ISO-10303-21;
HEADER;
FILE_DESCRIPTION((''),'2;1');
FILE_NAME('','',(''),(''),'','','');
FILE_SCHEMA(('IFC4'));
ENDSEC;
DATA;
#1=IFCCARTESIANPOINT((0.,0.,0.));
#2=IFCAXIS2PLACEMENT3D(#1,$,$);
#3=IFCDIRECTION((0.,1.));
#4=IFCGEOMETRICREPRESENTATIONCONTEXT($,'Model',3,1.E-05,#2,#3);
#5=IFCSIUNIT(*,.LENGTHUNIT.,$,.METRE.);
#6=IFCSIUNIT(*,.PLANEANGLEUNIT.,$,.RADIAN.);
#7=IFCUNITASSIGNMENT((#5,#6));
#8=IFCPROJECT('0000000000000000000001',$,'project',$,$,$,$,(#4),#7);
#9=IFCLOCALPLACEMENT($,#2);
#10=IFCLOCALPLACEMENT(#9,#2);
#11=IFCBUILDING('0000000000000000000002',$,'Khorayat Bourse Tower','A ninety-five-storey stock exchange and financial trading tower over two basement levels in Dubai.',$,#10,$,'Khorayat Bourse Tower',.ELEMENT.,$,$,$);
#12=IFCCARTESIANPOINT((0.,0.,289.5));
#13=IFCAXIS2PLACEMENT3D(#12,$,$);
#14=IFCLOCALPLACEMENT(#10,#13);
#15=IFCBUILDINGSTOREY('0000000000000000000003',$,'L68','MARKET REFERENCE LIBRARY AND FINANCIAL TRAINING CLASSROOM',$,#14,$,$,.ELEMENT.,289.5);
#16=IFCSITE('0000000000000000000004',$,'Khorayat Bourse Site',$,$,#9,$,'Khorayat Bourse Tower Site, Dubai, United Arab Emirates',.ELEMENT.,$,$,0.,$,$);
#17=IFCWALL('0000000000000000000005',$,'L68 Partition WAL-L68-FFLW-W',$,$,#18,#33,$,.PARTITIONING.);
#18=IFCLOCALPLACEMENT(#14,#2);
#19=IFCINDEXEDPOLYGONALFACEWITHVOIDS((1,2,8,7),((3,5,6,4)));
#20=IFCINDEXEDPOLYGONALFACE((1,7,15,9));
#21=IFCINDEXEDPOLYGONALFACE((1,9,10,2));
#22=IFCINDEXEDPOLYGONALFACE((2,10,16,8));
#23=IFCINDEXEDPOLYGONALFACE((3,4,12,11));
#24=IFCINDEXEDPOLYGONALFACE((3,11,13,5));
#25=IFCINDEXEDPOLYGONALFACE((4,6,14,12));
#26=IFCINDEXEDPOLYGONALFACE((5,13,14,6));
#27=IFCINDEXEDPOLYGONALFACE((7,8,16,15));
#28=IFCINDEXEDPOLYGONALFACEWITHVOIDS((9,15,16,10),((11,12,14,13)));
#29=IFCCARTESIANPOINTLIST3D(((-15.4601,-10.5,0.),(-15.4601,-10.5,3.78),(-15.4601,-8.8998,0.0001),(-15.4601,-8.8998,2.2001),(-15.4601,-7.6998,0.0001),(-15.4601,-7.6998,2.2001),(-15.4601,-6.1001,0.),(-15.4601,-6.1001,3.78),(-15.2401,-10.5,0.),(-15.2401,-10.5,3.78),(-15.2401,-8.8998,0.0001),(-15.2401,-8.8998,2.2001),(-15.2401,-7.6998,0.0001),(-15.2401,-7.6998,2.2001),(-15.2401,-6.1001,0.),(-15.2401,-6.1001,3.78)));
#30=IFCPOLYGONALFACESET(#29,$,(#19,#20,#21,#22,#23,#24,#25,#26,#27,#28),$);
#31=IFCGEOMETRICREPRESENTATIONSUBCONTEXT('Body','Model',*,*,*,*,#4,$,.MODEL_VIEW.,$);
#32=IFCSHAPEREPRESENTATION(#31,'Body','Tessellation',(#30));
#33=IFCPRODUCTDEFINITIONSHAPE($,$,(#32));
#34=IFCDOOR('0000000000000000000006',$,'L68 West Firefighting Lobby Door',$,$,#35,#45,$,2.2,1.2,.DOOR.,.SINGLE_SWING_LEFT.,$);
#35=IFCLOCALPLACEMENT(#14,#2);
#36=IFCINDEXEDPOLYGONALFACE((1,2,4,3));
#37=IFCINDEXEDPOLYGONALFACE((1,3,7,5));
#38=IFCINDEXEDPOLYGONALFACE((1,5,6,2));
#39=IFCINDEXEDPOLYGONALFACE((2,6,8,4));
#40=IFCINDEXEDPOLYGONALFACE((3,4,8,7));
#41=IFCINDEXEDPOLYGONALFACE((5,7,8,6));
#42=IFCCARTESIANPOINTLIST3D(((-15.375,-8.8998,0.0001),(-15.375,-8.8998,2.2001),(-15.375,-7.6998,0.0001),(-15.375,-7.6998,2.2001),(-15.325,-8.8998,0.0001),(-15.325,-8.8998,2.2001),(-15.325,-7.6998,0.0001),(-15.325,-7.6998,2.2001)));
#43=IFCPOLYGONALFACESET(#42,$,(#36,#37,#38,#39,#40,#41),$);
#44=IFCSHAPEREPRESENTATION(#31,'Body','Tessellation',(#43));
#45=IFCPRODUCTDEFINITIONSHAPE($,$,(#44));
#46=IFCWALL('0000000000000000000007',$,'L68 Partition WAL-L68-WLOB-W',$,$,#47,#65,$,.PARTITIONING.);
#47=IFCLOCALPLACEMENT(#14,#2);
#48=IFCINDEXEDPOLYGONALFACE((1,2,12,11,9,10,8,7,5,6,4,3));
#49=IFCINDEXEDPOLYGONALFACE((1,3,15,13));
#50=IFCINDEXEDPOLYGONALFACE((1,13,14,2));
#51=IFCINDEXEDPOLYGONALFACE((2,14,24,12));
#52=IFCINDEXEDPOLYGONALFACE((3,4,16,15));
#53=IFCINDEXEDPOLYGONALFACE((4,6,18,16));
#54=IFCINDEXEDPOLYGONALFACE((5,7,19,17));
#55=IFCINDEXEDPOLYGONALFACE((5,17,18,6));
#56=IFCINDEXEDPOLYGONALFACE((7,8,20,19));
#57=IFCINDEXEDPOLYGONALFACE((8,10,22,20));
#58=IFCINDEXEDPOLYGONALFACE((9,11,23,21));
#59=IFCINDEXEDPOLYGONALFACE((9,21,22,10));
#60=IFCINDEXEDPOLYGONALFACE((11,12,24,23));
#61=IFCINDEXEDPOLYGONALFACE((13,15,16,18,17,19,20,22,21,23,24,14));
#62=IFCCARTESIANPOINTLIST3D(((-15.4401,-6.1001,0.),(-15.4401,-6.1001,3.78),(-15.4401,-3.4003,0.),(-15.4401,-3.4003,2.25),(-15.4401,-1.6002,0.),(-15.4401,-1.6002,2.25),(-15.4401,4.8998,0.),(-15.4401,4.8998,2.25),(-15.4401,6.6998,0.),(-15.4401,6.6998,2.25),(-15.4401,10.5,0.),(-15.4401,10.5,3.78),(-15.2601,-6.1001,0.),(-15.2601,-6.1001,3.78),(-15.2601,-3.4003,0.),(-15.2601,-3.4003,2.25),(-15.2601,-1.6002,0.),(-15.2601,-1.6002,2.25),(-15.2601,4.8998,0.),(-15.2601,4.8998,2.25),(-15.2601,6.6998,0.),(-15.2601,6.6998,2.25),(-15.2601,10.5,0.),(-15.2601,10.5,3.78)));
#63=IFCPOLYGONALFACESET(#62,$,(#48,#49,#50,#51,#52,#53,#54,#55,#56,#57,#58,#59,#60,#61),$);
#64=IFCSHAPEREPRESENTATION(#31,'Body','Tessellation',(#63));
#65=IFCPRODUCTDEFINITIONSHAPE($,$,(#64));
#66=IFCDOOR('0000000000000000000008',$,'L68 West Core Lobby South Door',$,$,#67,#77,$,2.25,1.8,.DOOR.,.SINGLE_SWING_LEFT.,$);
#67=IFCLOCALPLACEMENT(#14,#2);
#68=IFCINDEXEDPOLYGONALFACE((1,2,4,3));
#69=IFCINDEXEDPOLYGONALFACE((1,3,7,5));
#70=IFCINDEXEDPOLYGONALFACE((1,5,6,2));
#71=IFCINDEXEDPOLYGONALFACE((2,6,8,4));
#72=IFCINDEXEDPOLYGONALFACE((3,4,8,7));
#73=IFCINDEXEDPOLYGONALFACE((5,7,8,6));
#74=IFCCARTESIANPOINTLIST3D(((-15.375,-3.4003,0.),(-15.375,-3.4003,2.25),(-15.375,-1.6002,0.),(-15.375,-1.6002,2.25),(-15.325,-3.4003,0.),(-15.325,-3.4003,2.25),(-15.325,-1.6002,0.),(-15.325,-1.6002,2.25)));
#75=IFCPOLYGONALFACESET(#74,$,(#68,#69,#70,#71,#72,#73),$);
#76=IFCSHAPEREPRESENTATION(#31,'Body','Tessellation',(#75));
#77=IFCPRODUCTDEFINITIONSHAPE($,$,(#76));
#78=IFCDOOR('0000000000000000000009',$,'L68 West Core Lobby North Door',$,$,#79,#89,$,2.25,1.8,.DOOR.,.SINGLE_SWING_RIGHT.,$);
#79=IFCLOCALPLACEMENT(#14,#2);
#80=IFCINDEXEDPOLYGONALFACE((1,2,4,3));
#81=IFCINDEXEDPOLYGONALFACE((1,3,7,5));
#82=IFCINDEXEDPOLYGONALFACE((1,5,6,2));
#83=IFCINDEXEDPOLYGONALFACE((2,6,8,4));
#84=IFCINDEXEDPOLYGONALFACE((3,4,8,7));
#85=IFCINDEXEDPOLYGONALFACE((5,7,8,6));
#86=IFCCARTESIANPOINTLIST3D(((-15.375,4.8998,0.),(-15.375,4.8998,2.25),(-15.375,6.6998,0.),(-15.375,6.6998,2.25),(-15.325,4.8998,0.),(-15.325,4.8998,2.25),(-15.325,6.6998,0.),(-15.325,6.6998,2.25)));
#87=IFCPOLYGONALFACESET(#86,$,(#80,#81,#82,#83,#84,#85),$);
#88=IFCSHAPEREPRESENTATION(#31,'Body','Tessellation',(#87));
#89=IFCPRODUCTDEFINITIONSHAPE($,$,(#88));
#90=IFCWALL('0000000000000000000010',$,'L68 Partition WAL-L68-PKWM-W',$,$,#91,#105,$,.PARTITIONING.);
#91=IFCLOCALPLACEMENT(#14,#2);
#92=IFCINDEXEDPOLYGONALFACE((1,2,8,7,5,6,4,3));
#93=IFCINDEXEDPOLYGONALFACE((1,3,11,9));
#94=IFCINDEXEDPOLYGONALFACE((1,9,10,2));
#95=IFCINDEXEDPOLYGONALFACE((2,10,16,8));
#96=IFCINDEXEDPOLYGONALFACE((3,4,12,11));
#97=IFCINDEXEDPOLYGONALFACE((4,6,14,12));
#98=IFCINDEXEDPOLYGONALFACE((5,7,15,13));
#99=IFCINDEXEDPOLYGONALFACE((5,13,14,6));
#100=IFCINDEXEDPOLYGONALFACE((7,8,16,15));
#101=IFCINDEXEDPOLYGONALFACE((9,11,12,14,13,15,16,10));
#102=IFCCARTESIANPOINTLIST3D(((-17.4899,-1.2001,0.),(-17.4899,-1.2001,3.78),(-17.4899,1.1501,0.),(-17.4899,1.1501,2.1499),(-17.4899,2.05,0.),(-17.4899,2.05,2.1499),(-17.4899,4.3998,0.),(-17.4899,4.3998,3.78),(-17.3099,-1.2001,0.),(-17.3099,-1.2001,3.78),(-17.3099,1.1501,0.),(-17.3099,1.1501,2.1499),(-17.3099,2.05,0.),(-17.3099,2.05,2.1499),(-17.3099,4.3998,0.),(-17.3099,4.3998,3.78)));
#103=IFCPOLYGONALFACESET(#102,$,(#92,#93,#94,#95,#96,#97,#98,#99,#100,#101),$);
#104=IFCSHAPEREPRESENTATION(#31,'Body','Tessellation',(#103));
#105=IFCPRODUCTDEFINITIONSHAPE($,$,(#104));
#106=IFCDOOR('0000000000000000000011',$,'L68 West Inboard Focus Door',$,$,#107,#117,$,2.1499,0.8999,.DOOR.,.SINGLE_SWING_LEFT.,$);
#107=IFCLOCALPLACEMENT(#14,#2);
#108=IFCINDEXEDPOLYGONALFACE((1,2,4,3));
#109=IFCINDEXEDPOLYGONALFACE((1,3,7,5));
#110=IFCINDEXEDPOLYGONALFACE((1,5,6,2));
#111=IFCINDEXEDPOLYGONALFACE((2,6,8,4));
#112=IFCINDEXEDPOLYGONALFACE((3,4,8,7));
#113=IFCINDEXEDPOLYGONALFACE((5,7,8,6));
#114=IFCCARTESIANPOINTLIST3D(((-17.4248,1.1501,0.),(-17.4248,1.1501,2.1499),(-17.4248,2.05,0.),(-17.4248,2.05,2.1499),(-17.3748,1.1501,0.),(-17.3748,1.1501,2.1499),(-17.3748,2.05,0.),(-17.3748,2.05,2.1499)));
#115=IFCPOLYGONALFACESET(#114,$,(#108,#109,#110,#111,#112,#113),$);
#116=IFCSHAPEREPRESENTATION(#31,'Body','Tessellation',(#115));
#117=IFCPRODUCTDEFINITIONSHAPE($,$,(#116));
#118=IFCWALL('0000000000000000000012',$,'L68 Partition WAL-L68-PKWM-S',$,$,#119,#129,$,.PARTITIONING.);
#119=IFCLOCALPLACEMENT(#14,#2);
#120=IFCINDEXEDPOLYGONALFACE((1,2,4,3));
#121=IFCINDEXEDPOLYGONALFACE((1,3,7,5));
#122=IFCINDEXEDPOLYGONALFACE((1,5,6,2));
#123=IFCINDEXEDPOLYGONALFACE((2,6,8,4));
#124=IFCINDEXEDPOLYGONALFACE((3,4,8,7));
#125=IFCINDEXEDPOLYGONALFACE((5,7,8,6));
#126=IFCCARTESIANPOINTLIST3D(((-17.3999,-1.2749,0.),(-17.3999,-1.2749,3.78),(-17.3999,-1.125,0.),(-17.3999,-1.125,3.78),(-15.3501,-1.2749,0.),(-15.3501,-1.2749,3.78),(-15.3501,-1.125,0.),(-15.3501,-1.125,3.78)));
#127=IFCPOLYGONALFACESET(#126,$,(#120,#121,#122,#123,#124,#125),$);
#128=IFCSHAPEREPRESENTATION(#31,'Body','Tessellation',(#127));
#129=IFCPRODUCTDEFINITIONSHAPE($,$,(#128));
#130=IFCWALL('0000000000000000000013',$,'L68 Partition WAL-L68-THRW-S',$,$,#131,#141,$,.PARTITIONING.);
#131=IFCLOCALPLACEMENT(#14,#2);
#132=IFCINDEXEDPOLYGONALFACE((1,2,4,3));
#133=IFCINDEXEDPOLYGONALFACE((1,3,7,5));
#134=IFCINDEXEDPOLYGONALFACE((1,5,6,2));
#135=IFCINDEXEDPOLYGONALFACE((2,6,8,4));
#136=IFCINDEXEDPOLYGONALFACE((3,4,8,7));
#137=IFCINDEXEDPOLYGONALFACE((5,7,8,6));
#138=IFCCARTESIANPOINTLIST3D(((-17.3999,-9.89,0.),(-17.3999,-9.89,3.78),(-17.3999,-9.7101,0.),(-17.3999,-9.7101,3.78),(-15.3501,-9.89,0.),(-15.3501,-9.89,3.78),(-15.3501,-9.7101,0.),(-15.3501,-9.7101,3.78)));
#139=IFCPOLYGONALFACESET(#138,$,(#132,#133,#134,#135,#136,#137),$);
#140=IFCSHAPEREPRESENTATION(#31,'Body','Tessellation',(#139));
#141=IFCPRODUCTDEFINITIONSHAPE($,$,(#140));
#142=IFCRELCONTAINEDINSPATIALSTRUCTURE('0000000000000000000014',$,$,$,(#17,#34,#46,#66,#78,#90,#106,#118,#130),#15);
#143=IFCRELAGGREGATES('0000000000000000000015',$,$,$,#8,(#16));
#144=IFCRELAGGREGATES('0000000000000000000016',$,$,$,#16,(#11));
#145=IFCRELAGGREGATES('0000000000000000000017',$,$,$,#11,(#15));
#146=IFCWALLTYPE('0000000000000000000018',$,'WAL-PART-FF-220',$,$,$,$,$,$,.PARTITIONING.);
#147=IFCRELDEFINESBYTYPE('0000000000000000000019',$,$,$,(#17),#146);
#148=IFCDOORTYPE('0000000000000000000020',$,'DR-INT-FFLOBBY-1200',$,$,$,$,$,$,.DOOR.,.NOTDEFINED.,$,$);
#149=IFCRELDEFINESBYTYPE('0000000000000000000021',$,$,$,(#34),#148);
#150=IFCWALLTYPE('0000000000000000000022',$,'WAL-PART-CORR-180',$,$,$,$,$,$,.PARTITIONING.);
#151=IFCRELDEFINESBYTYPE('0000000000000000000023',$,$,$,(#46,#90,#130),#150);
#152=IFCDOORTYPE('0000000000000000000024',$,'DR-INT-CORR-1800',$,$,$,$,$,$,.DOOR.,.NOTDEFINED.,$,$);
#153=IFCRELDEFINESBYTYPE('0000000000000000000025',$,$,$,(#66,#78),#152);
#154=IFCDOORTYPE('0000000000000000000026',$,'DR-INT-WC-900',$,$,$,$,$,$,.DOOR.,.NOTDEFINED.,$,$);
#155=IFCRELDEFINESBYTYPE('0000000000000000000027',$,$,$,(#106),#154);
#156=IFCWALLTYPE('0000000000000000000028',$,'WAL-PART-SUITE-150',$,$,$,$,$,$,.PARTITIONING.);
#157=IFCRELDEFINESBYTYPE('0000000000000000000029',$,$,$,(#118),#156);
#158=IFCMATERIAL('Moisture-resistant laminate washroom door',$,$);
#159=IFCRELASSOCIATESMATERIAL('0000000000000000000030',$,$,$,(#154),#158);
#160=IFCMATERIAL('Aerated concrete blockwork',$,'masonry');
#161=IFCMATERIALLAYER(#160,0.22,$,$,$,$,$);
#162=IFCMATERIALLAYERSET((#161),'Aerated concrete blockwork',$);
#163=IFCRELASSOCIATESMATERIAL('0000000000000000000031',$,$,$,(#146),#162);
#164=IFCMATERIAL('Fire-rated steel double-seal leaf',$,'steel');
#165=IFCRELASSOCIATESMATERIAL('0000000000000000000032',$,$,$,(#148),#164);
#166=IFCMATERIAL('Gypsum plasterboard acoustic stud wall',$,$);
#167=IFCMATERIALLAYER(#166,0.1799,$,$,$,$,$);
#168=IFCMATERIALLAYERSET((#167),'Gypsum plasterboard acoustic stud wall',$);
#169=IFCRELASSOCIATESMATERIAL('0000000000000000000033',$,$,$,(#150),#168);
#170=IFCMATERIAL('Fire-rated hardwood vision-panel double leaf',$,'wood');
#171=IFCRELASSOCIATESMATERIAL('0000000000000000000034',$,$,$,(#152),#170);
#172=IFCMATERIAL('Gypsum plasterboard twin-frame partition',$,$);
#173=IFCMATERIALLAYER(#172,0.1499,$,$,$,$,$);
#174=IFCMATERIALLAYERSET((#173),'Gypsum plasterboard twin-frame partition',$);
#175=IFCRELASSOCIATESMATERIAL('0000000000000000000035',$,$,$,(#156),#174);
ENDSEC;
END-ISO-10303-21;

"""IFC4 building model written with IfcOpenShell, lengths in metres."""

from ifc_helpers import new_model, si_unit, direction, frame, frame_2d, origin, place, context, subcontext, project, spatial, rectangle, extrude, source, transform, mapped, material, layer, layer_set, type_object, element, fill, save


model = new_model("IFC4")

# Units and contexts
model_context = context("Model", 3, precision=1e-05, world=origin(), true_north=direction((0.0, 1.0)))
body_context = subcontext(model_context, "Body", "Model", "MODEL_VIEW")
ifc_project = project(units=[si_unit("LENGTHUNIT", "METRE"), si_unit("PLANEANGLEUNIT", "RADIAN")], contexts=[model_context])

# Site, building, storey
site_placement = place(None, origin())
site = spatial("IfcSite", under=ifc_project, at=site_placement, Name="Khorayat Bourse Site", LongName="Khorayat Bourse Tower Site, Dubai, United Arab Emirates", CompositionType="ELEMENT", RefElevation=0.0)
building_placement = place(site_placement, origin())
building = spatial("IfcBuilding", under=site, at=building_placement, Name="Khorayat Bourse Tower", Description="A ninety-five-storey stock exchange and financial trading tower over two basement levels in Dubai.", LongName="Khorayat Bourse Tower", CompositionType="ELEMENT")
storey_placement = place(building_placement, frame((0.0, 0.0, 289.5)))
storey = spatial("IfcBuildingStorey", under=building, at=storey_placement, Name="L68", Description="MARKET REFERENCE LIBRARY AND FINANCIAL TRAINING CLASSROOM", CompositionType="ELEMENT", Elevation=289.5)

# Shared definitions
ifc_material_1 = material(Name="Moisture-resistant laminate washroom door")
door_type_1 = type_object("IfcDoorType", Name="DR-INT-WC-900", OperationType="NOTDEFINED", PredefinedType="DOOR", material=ifc_material_1)
shared_shape_1 = source(origin(), body_context, "Body", "SweptSolid", [
    extrude(rectangle(XDim=0.8999, YDim=2.1499, at=frame_2d((0.45, 1.075))), frame((0.0, 0.0249, 0.0), z_axis=(0.0, -1.0, 0.0), x_axis=(1.0, 0.0, 0.0)), (0.0, 0.0, 1.0), 0.05),
])

# Shared definitions
ifc_material_2 = material(Name="Aerated concrete blockwork", Category="masonry")
ifc_layer_1 = layer(ifc_material_2, 0.22)
ifc_layer_set_1 = layer_set([ifc_layer_1], Name="Aerated concrete blockwork")
wall_type_1 = type_object("IfcWallType", Name="WAL-PART-FF-220", PredefinedType="PARTITIONING", material=ifc_layer_set_1)

# Wall, opening, door
shared_shape_2 = source(origin(), body_context, "Body", "SweptSolid", [
    extrude(rectangle(XDim=4.3999, YDim=0.22, at=frame_2d((2.2, 0.0))), origin(), (0.0, 0.0, 1.0), 3.78),
])
wall_1_placement = place(storey_placement, frame((-15.3501, -10.5, 0.0), z_axis=(0.0, 0.0, 1.0), x_axis=(0.0, 1.0, 0.0)))
wall_1 = element("IfcWall", 1, at=wall_1_placement, inside=storey, type_object=wall_type_1, Name="L68 Partition WAL-L68-FFLW-W", PredefinedType="PARTITIONING", context=body_context, shape_type="MappedRepresentation", body=[
    mapped(shared_shape_2, transform((0.0, 0.0, 0.0), scale=1.0)),
])
shared_shape_3 = source(origin(), body_context, "Body", "SweptSolid", [
    extrude(rectangle(XDim=1.2, YDim=2.2, at=frame_2d((0.6001, 1.1001))), frame((0.0, 0.1199, 0.0), z_axis=(0.0, -1.0, 0.0), x_axis=(1.0, 0.0, 0.0)), (0.0, 0.0, 1.0), 0.24),
])
opening_1_placement = place(wall_1_placement, frame((1.6001, 0.0, 0.0)))
opening_1 = element("IfcOpeningElement", 2, at=opening_1_placement, cuts=wall_1, PredefinedType="OPENING", context=body_context, shape_type="MappedRepresentation", body=[
    mapped(shared_shape_3, transform((0.0, 0.0, 0.0), scale=1.0)),
])
ifc_material_3 = material(Name="Fire-rated steel double-seal leaf", Category="steel")
door_type_2 = type_object("IfcDoorType", Name="DR-INT-FFLOBBY-1200", OperationType="NOTDEFINED", PredefinedType="DOOR", material=ifc_material_3)
shared_shape_4 = source(origin(), body_context, "Body", "SweptSolid", [
    extrude(rectangle(XDim=1.2, YDim=2.2, at=frame_2d((0.6001, 1.1001))), frame((0.0, 0.0249, 0.0), z_axis=(0.0, -1.0, 0.0), x_axis=(1.0, 0.0, 0.0)), (0.0, 0.0, 1.0), 0.05),
])
door_1_placement = place(opening_1_placement, origin())
door_1 = element("IfcDoor", 3, at=door_1_placement, inside=storey, type_object=door_type_2, Name="L68 West Firefighting Lobby Door", OperationType="SINGLE_SWING_LEFT", OverallHeight=2.2, OverallWidth=1.2, PredefinedType="DOOR", context=body_context, shape_type="MappedRepresentation", body=[
    mapped(shared_shape_4, transform((0.0, 0.0, 0.0), scale=1.0)),
])
fill(opening_1, door_1)

# Wall, openings, doors
ifc_material_4 = material(Name="Gypsum plasterboard acoustic stud wall")
ifc_layer_2 = layer(ifc_material_4, 0.1799)
ifc_layer_set_2 = layer_set([ifc_layer_2], Name="Gypsum plasterboard acoustic stud wall")
wall_type_2 = type_object("IfcWallType", Name="WAL-PART-CORR-180", PredefinedType="PARTITIONING", material=ifc_layer_set_2)
shared_shape_5 = source(origin(), body_context, "Body", "SweptSolid", [
    extrude(rectangle(XDim=16.6001, YDim=0.1799, at=frame_2d((8.3, 0.0))), origin(), (0.0, 0.0, 1.0), 3.78),
])
wall_2_placement = place(storey_placement, frame((-15.3501, -6.1001, 0.0), z_axis=(0.0, 0.0, 1.0), x_axis=(0.0, 1.0, 0.0)))
wall_2 = element("IfcWall", 4, at=wall_2_placement, inside=storey, type_object=wall_type_2, Name="L68 Partition WAL-L68-WLOB-W", PredefinedType="PARTITIONING", context=body_context, shape_type="MappedRepresentation", body=[
    mapped(shared_shape_5, transform((0.0, 0.0, 0.0), scale=1.0)),
])
shared_shape_6 = source(origin(), body_context, "Body", "SweptSolid", [
    extrude(rectangle(XDim=1.8, YDim=2.25, at=frame_2d((0.8999, 1.125))), frame((0.0, 0.0999, 0.0), z_axis=(0.0, -1.0, 0.0), x_axis=(1.0, 0.0, 0.0)), (0.0, 0.0, 1.0), 0.2),
])
opening_2_placement = place(wall_2_placement, frame((2.7, 0.0, 0.0)))
opening_2 = element("IfcOpeningElement", 5, at=opening_2_placement, cuts=wall_2, PredefinedType="OPENING", context=body_context, shape_type="MappedRepresentation", body=[
    mapped(shared_shape_6, transform((0.0, 0.0, 0.0), scale=1.0)),
])
opening_3_placement = place(wall_2_placement, frame((11.0, 0.0, 0.0)))
opening_3 = element("IfcOpeningElement", 6, at=opening_3_placement, cuts=wall_2, PredefinedType="OPENING", context=body_context, shape_type="MappedRepresentation", body=[
    mapped(shared_shape_6, transform((0.0, 0.0, 0.0), scale=1.0)),
])
ifc_material_5 = material(Name="Fire-rated hardwood vision-panel double leaf", Category="wood")
door_type_3 = type_object("IfcDoorType", Name="DR-INT-CORR-1800", OperationType="NOTDEFINED", PredefinedType="DOOR", material=ifc_material_5)
shared_shape_7 = source(origin(), body_context, "Body", "SweptSolid", [
    extrude(rectangle(XDim=1.8, YDim=2.25, at=frame_2d((0.8999, 1.125))), frame((0.0, 0.0249, 0.0), z_axis=(0.0, -1.0, 0.0), x_axis=(1.0, 0.0, 0.0)), (0.0, 0.0, 1.0), 0.05),
])
door_2_placement = place(opening_2_placement, origin())
door_2 = element("IfcDoor", 7, at=door_2_placement, inside=storey, type_object=door_type_3, Name="L68 West Core Lobby South Door", OperationType="SINGLE_SWING_LEFT", OverallHeight=2.25, OverallWidth=1.8, PredefinedType="DOOR", context=body_context, shape_type="MappedRepresentation", body=[
    mapped(shared_shape_7, transform((0.0, 0.0, 0.0), scale=1.0)),
])
fill(opening_2, door_2)
door_3_placement = place(opening_3_placement, origin())
door_3 = element("IfcDoor", 8, at=door_3_placement, inside=storey, type_object=door_type_3, Name="L68 West Core Lobby North Door", OperationType="SINGLE_SWING_RIGHT", OverallHeight=2.25, OverallWidth=1.8, PredefinedType="DOOR", context=body_context, shape_type="MappedRepresentation", body=[
    mapped(shared_shape_7, transform((0.0, 0.0, 0.0), scale=1.0)),
])
fill(opening_3, door_3)

# Wall, opening, door
shared_shape_8 = source(origin(), body_context, "Body", "SweptSolid", [
    extrude(rectangle(XDim=5.5999, YDim=0.1799, at=frame_2d((2.7998, 0.0))), origin(), (0.0, 0.0, 1.0), 3.78),
])
wall_3_placement = place(storey_placement, frame((-17.3999, -1.2, 0.0), z_axis=(0.0, 0.0, 1.0), x_axis=(0.0, 1.0, 0.0)))
wall_3 = element("IfcWall", 9, at=wall_3_placement, inside=storey, type_object=wall_type_2, Name="L68 Partition WAL-L68-PKWM-W", PredefinedType="PARTITIONING", context=body_context, shape_type="MappedRepresentation", body=[
    mapped(shared_shape_8, transform((0.0, 0.0, 0.0), scale=1.0)),
])
shared_shape_9 = source(origin(), body_context, "Body", "SweptSolid", [
    extrude(rectangle(XDim=0.8999, YDim=2.1499, at=frame_2d((0.45, 1.075))), frame((0.0, 0.0999, 0.0), z_axis=(0.0, -1.0, 0.0), x_axis=(1.0, 0.0, 0.0)), (0.0, 0.0, 1.0), 0.2),
])
opening_4_placement = place(wall_3_placement, frame((2.3501, 0.0, 0.0)))
opening_4 = element("IfcOpeningElement", 10, at=opening_4_placement, cuts=wall_3, PredefinedType="OPENING", context=body_context, shape_type="MappedRepresentation", body=[
    mapped(shared_shape_9, transform((0.0, 0.0, 0.0), scale=1.0)),
])
door_4_placement = place(opening_4_placement, origin())
door_4 = element("IfcDoor", 11, at=door_4_placement, inside=storey, type_object=door_type_1, Name="L68 West Inboard Focus Door", OperationType="SINGLE_SWING_LEFT", OverallHeight=2.1499, OverallWidth=0.8999, PredefinedType="DOOR", context=body_context, shape_type="MappedRepresentation", body=[
    mapped(shared_shape_1, transform((0.0, 0.0, 0.0), scale=1.0)),
])
fill(opening_4, door_4)

# Walls
ifc_material_6 = material(Name="Gypsum plasterboard twin-frame partition")
ifc_layer_3 = layer(ifc_material_6, 0.1499)
ifc_layer_set_3 = layer_set([ifc_layer_3], Name="Gypsum plasterboard twin-frame partition")
wall_type_3 = type_object("IfcWallType", Name="WAL-PART-SUITE-150", PredefinedType="PARTITIONING", material=ifc_layer_set_3)
shared_shape_10 = source(origin(), body_context, "Body", "SweptSolid", [
    extrude(rectangle(XDim=2.0498, YDim=0.1499, at=frame_2d((1.0249, 0.0))), origin(), (0.0, 0.0, 1.0), 3.78),
])
wall_4_placement = place(storey_placement, frame((-17.3999, -1.2, 0.0), z_axis=(0.0, 0.0, 1.0), x_axis=(1.0, 0.0, 0.0)))
element("IfcWall", 12, at=wall_4_placement, inside=storey, type_object=wall_type_3, Name="L68 Partition WAL-L68-PKWM-S", PredefinedType="PARTITIONING", context=body_context, shape_type="MappedRepresentation", body=[
    mapped(shared_shape_10, transform((0.0, 0.0, 0.0), scale=1.0)),
])
shared_shape_11 = source(origin(), body_context, "Body", "SweptSolid", [
    extrude(rectangle(XDim=2.0498, YDim=0.1799, at=frame_2d((1.0249, 0.0))), origin(), (0.0, 0.0, 1.0), 3.78),
])
wall_5_placement = place(storey_placement, frame((-17.3999, -9.8, 0.0), z_axis=(0.0, 0.0, 1.0), x_axis=(1.0, 0.0, 0.0)))
element("IfcWall", 13, at=wall_5_placement, inside=storey, type_object=wall_type_2, Name="L68 Partition WAL-L68-THRW-S", PredefinedType="PARTITIONING", context=body_context, shape_type="MappedRepresentation", body=[
    mapped(shared_shape_11, transform((0.0, 0.0, 0.0), scale=1.0)),
])

save(model, "model.ifc")
